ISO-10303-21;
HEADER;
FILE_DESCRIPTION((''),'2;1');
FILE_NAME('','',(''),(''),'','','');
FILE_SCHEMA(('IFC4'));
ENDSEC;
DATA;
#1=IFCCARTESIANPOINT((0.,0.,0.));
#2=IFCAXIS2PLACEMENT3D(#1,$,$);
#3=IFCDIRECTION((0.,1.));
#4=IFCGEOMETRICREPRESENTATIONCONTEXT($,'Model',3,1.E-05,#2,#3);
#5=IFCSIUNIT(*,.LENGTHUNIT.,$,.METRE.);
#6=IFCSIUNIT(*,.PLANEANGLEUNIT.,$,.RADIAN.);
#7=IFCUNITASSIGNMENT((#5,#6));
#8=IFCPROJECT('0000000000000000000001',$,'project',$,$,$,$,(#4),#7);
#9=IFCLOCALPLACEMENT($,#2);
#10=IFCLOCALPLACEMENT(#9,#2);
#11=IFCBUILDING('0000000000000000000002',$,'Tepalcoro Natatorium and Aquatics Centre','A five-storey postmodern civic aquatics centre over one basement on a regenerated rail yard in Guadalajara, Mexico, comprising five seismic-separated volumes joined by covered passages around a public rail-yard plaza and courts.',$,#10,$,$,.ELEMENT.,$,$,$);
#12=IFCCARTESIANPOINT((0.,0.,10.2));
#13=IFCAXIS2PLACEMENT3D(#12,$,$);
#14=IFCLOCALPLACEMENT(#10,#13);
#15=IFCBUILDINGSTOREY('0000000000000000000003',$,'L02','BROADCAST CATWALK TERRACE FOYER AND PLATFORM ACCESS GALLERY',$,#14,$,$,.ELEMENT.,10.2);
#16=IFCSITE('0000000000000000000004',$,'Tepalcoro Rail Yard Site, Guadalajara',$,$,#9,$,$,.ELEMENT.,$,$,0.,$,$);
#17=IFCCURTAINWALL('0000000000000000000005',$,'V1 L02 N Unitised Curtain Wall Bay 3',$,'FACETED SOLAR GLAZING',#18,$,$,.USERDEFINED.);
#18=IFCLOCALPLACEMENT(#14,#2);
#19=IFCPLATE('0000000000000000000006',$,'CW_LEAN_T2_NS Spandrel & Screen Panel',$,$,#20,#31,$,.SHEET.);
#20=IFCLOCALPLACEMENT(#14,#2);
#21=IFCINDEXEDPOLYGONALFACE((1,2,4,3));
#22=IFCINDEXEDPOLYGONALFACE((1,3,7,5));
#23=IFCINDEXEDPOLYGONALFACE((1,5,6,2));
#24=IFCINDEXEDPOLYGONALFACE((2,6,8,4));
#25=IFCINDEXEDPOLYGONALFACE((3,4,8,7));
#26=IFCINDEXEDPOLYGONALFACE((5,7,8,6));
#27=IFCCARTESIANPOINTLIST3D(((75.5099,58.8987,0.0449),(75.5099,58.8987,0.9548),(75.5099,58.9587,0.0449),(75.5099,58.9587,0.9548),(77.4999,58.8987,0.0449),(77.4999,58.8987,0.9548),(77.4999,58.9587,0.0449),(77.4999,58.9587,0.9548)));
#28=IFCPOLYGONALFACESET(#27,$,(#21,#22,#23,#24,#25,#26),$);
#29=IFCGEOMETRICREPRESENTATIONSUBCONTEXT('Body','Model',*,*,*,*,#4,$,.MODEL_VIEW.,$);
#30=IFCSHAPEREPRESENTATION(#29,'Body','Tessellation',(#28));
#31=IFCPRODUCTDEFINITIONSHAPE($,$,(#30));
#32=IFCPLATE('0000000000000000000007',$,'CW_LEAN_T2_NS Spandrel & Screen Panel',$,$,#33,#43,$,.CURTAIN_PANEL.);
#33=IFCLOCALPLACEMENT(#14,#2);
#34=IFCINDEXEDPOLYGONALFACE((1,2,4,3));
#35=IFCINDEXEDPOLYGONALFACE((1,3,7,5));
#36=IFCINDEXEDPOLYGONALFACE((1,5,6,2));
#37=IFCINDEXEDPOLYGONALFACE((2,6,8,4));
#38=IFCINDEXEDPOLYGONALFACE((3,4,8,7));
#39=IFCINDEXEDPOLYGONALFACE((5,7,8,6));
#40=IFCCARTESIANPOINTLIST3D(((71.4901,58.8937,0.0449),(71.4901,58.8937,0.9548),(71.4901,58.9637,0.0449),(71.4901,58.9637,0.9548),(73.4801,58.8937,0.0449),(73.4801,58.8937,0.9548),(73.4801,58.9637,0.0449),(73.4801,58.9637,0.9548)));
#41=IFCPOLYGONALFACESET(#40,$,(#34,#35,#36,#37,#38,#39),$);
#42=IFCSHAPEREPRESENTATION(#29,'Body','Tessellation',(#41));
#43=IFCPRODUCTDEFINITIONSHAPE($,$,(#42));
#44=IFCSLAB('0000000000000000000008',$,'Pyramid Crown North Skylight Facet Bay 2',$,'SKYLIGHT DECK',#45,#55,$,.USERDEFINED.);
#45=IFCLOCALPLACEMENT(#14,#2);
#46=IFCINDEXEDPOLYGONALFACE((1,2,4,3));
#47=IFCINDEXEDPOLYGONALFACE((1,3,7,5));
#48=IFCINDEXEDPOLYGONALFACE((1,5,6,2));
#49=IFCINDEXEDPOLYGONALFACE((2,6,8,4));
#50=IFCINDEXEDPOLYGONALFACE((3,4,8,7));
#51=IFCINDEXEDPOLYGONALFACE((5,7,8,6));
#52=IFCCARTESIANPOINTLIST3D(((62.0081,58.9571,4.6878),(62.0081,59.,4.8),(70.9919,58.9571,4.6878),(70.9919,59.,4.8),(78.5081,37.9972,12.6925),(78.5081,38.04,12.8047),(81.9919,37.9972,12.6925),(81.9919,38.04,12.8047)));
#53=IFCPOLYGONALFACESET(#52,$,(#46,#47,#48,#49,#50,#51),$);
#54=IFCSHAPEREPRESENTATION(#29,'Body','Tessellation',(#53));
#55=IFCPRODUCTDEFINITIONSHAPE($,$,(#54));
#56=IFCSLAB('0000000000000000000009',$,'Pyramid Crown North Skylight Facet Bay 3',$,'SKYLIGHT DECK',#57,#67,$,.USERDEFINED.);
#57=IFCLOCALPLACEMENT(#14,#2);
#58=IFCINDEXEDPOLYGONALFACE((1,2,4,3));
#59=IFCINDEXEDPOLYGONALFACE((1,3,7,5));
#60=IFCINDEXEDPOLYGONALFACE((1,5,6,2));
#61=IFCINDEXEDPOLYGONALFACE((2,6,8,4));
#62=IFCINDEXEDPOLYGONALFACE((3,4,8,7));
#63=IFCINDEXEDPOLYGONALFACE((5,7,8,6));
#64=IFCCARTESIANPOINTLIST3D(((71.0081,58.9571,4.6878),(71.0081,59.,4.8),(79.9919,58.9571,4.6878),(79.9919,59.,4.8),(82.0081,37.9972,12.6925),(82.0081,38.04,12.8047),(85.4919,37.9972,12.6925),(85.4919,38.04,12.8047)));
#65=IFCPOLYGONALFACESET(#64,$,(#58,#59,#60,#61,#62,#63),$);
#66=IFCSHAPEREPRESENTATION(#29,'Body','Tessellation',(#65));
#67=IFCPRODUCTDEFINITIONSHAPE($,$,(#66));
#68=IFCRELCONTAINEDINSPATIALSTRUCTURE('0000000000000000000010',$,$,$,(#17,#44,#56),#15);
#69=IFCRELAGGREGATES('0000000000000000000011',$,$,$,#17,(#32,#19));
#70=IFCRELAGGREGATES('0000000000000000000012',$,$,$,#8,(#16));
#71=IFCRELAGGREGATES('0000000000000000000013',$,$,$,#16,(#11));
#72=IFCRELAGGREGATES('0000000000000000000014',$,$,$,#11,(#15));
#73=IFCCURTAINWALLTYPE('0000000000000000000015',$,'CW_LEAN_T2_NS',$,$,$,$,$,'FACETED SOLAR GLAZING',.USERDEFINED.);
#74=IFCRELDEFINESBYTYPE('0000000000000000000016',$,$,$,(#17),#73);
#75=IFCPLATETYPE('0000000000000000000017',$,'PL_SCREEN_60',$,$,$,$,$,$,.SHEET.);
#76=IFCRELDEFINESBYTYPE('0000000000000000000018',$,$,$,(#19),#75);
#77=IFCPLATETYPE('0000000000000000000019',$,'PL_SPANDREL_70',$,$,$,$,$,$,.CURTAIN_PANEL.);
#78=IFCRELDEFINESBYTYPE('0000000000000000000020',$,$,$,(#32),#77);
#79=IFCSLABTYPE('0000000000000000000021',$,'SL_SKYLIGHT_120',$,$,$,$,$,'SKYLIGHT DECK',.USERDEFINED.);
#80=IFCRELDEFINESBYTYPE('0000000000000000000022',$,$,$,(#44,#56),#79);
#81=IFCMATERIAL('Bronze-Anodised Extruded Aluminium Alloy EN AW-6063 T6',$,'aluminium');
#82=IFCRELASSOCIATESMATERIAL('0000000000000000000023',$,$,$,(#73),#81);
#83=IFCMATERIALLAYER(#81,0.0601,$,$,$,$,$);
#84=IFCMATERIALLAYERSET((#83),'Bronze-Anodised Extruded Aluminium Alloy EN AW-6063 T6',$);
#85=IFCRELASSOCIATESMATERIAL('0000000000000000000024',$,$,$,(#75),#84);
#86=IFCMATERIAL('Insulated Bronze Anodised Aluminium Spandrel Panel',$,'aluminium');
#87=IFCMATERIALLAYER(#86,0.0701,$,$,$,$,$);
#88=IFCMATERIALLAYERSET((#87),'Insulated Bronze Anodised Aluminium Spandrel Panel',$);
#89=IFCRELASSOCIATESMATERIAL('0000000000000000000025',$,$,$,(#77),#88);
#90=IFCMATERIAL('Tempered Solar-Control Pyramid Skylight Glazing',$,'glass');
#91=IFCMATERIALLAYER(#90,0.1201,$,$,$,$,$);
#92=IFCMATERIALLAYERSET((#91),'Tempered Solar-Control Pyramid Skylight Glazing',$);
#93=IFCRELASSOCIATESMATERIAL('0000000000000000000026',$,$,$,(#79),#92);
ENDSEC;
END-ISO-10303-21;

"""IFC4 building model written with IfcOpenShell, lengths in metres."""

from ifc_helpers import new_model, si_unit, direction, frame, origin, origin_2d, place, context, subcontext, project, spatial, polyline, rectangle, outline, extrude, material, layer, layer_set, type_object, element, aggregate, save


model = new_model("IFC4")

# Units and contexts
model_context = context("Model", 3, precision=1e-05, world=origin(), true_north=direction((0.0, 1.0)))
body_context = subcontext(model_context, "Body", "Model", "MODEL_VIEW")
ifc_project = project(units=[si_unit("LENGTHUNIT", "METRE"), si_unit("PLANEANGLEUNIT", "RADIAN")], contexts=[model_context])

# Site, building, storey
site_placement = place(None, origin())
site = spatial("IfcSite", under=ifc_project, at=site_placement, Name="Tepalcoro Rail Yard Site, Guadalajara", CompositionType="ELEMENT", RefElevation=0.0)
building_placement = place(site_placement, origin())
building = spatial("IfcBuilding", under=site, at=building_placement, Name="Tepalcoro Natatorium and Aquatics Centre", Description="A five-storey postmodern civic aquatics centre over one basement on a regenerated rail yard in Guadalajara, Mexico, comprising five seismic-separated volumes joined by covered passages around a public rail-yard plaza and courts.", CompositionType="ELEMENT")
storey_placement = place(building_placement, frame((0.0, 0.0, 10.2)))
storey = spatial("IfcBuildingStorey", under=building, at=storey_placement, Name="L02", Description="BROADCAST CATWALK TERRACE FOYER AND PLATFORM ACCESS GALLERY", CompositionType="ELEMENT", Elevation=10.2)

# Shared definitions
ifc_material_1 = material(Name="Bronze-Anodised Extruded Aluminium Alloy EN AW-6063 T6", Category="aluminium")

# Curtain wall
curtain_wall_type_1 = type_object("IfcCurtainWallType", Name="CW_LEAN_T2_NS", ElementType="FACETED SOLAR GLAZING", PredefinedType="USERDEFINED", material=ifc_material_1)
curtain_wall_1_placement = place(storey_placement, origin())
curtain_wall_1 = element("IfcCurtainWall", 1, at=curtain_wall_1_placement, inside=storey, type_object=curtain_wall_type_1, Name="V1 L02 N Unitised Curtain Wall Bay 3", ObjectType="FACETED SOLAR GLAZING", PredefinedType="USERDEFINED")

# Plates
ifc_layer_1 = layer(ifc_material_1, 0.0601)
ifc_layer_set_1 = layer_set([ifc_layer_1], Name="Bronze-Anodised Extruded Aluminium Alloy EN AW-6063 T6")
plate_type_1 = type_object("IfcPlateType", Name="PL_SCREEN_60", PredefinedType="SHEET", material=ifc_layer_set_1)
plate_1_placement = place(storey_placement, frame((76.5049, 58.9287, 0.0449), z_axis=(0.0, 0.0, 1.0), x_axis=(1.0, 0.0, 0.0)))
plate_1 = element("IfcPlate", 2, at=plate_1_placement, type_object=plate_type_1, Name="CW_LEAN_T2_NS Spandrel & Screen Panel", PredefinedType="SHEET", context=body_context, shape_type="SweptSolid", body=[
    extrude(rectangle(XDim=1.99, YDim=0.0601, at=origin_2d()), origin(), (0.0, 0.0, 1.0), 0.9099),
])
ifc_material_2 = material(Name="Insulated Bronze Anodised Aluminium Spandrel Panel", Category="aluminium")
ifc_layer_2 = layer(ifc_material_2, 0.0701)
ifc_layer_set_2 = layer_set([ifc_layer_2], Name="Insulated Bronze Anodised Aluminium Spandrel Panel")
plate_type_2 = type_object("IfcPlateType", Name="PL_SPANDREL_70", PredefinedType="CURTAIN_PANEL", material=ifc_layer_set_2)
plate_2_placement = place(storey_placement, frame((72.4851, 58.9287, 0.0449), z_axis=(0.0, 0.0, 1.0), x_axis=(1.0, 0.0, 0.0)))
plate_2 = element("IfcPlate", 3, at=plate_2_placement, type_object=plate_type_2, Name="CW_LEAN_T2_NS Spandrel & Screen Panel", PredefinedType="CURTAIN_PANEL", context=body_context, shape_type="SweptSolid", body=[
    extrude(rectangle(XDim=1.99, YDim=0.0701, at=origin_2d()), origin(), (0.0, 0.0, 1.0), 0.9099),
])
aggregate(curtain_wall_1, [plate_2, plate_1])

# Slabs
ifc_material_3 = material(Name="Tempered Solar-Control Pyramid Skylight Glazing", Category="glass")
ifc_layer_3 = layer(ifc_material_3, 0.1201)
ifc_layer_set_3 = layer_set([ifc_layer_3], Name="Tempered Solar-Control Pyramid Skylight Glazing")
slab_type = type_object("IfcSlabType", Name="SL_SKYLIGHT_120", ElementType="SKYLIGHT DECK", PredefinedType="USERDEFINED", material=ifc_layer_set_3)
slab_1_placement = place(storey_placement, frame((70.9919, 59.0, 4.8), z_axis=(0.0, 0.356769, 0.934192), x_axis=(-1.0, 0.0, 0.0)))
element("IfcSlab", 4, at=slab_1_placement, inside=storey, type_object=slab_type, Name="Pyramid Crown North Skylight Facet Bay 2", ObjectType="SKYLIGHT DECK", PredefinedType="USERDEFINED", context=body_context, shape_type="SweptSolid", body=[
    extrude(outline(polyline([(0.0, 0.0), (8.9839, 0.0), (-7.5161, 22.4364), (-11.0, 22.4364), (0.0, 0.0)])), origin(), (0.0, 0.0, -1.0), 0.1201),
])
slab_2_placement = place(storey_placement, frame((79.9919, 59.0, 4.8), z_axis=(0.0, 0.356769, 0.934192), x_axis=(-1.0, 0.0, 0.0)))
element("IfcSlab", 5, at=slab_2_placement, inside=storey, type_object=slab_type, Name="Pyramid Crown North Skylight Facet Bay 3", ObjectType="SKYLIGHT DECK", PredefinedType="USERDEFINED", context=body_context, shape_type="SweptSolid", body=[
    extrude(outline(polyline([(0.0, 0.0), (8.9839, 0.0), (-2.0161, 22.4364), (-5.5, 22.4364), (0.0, 0.0)])), origin(), (0.0, 0.0, -1.0), 0.1201),
])

save(model, "model.ifc")
